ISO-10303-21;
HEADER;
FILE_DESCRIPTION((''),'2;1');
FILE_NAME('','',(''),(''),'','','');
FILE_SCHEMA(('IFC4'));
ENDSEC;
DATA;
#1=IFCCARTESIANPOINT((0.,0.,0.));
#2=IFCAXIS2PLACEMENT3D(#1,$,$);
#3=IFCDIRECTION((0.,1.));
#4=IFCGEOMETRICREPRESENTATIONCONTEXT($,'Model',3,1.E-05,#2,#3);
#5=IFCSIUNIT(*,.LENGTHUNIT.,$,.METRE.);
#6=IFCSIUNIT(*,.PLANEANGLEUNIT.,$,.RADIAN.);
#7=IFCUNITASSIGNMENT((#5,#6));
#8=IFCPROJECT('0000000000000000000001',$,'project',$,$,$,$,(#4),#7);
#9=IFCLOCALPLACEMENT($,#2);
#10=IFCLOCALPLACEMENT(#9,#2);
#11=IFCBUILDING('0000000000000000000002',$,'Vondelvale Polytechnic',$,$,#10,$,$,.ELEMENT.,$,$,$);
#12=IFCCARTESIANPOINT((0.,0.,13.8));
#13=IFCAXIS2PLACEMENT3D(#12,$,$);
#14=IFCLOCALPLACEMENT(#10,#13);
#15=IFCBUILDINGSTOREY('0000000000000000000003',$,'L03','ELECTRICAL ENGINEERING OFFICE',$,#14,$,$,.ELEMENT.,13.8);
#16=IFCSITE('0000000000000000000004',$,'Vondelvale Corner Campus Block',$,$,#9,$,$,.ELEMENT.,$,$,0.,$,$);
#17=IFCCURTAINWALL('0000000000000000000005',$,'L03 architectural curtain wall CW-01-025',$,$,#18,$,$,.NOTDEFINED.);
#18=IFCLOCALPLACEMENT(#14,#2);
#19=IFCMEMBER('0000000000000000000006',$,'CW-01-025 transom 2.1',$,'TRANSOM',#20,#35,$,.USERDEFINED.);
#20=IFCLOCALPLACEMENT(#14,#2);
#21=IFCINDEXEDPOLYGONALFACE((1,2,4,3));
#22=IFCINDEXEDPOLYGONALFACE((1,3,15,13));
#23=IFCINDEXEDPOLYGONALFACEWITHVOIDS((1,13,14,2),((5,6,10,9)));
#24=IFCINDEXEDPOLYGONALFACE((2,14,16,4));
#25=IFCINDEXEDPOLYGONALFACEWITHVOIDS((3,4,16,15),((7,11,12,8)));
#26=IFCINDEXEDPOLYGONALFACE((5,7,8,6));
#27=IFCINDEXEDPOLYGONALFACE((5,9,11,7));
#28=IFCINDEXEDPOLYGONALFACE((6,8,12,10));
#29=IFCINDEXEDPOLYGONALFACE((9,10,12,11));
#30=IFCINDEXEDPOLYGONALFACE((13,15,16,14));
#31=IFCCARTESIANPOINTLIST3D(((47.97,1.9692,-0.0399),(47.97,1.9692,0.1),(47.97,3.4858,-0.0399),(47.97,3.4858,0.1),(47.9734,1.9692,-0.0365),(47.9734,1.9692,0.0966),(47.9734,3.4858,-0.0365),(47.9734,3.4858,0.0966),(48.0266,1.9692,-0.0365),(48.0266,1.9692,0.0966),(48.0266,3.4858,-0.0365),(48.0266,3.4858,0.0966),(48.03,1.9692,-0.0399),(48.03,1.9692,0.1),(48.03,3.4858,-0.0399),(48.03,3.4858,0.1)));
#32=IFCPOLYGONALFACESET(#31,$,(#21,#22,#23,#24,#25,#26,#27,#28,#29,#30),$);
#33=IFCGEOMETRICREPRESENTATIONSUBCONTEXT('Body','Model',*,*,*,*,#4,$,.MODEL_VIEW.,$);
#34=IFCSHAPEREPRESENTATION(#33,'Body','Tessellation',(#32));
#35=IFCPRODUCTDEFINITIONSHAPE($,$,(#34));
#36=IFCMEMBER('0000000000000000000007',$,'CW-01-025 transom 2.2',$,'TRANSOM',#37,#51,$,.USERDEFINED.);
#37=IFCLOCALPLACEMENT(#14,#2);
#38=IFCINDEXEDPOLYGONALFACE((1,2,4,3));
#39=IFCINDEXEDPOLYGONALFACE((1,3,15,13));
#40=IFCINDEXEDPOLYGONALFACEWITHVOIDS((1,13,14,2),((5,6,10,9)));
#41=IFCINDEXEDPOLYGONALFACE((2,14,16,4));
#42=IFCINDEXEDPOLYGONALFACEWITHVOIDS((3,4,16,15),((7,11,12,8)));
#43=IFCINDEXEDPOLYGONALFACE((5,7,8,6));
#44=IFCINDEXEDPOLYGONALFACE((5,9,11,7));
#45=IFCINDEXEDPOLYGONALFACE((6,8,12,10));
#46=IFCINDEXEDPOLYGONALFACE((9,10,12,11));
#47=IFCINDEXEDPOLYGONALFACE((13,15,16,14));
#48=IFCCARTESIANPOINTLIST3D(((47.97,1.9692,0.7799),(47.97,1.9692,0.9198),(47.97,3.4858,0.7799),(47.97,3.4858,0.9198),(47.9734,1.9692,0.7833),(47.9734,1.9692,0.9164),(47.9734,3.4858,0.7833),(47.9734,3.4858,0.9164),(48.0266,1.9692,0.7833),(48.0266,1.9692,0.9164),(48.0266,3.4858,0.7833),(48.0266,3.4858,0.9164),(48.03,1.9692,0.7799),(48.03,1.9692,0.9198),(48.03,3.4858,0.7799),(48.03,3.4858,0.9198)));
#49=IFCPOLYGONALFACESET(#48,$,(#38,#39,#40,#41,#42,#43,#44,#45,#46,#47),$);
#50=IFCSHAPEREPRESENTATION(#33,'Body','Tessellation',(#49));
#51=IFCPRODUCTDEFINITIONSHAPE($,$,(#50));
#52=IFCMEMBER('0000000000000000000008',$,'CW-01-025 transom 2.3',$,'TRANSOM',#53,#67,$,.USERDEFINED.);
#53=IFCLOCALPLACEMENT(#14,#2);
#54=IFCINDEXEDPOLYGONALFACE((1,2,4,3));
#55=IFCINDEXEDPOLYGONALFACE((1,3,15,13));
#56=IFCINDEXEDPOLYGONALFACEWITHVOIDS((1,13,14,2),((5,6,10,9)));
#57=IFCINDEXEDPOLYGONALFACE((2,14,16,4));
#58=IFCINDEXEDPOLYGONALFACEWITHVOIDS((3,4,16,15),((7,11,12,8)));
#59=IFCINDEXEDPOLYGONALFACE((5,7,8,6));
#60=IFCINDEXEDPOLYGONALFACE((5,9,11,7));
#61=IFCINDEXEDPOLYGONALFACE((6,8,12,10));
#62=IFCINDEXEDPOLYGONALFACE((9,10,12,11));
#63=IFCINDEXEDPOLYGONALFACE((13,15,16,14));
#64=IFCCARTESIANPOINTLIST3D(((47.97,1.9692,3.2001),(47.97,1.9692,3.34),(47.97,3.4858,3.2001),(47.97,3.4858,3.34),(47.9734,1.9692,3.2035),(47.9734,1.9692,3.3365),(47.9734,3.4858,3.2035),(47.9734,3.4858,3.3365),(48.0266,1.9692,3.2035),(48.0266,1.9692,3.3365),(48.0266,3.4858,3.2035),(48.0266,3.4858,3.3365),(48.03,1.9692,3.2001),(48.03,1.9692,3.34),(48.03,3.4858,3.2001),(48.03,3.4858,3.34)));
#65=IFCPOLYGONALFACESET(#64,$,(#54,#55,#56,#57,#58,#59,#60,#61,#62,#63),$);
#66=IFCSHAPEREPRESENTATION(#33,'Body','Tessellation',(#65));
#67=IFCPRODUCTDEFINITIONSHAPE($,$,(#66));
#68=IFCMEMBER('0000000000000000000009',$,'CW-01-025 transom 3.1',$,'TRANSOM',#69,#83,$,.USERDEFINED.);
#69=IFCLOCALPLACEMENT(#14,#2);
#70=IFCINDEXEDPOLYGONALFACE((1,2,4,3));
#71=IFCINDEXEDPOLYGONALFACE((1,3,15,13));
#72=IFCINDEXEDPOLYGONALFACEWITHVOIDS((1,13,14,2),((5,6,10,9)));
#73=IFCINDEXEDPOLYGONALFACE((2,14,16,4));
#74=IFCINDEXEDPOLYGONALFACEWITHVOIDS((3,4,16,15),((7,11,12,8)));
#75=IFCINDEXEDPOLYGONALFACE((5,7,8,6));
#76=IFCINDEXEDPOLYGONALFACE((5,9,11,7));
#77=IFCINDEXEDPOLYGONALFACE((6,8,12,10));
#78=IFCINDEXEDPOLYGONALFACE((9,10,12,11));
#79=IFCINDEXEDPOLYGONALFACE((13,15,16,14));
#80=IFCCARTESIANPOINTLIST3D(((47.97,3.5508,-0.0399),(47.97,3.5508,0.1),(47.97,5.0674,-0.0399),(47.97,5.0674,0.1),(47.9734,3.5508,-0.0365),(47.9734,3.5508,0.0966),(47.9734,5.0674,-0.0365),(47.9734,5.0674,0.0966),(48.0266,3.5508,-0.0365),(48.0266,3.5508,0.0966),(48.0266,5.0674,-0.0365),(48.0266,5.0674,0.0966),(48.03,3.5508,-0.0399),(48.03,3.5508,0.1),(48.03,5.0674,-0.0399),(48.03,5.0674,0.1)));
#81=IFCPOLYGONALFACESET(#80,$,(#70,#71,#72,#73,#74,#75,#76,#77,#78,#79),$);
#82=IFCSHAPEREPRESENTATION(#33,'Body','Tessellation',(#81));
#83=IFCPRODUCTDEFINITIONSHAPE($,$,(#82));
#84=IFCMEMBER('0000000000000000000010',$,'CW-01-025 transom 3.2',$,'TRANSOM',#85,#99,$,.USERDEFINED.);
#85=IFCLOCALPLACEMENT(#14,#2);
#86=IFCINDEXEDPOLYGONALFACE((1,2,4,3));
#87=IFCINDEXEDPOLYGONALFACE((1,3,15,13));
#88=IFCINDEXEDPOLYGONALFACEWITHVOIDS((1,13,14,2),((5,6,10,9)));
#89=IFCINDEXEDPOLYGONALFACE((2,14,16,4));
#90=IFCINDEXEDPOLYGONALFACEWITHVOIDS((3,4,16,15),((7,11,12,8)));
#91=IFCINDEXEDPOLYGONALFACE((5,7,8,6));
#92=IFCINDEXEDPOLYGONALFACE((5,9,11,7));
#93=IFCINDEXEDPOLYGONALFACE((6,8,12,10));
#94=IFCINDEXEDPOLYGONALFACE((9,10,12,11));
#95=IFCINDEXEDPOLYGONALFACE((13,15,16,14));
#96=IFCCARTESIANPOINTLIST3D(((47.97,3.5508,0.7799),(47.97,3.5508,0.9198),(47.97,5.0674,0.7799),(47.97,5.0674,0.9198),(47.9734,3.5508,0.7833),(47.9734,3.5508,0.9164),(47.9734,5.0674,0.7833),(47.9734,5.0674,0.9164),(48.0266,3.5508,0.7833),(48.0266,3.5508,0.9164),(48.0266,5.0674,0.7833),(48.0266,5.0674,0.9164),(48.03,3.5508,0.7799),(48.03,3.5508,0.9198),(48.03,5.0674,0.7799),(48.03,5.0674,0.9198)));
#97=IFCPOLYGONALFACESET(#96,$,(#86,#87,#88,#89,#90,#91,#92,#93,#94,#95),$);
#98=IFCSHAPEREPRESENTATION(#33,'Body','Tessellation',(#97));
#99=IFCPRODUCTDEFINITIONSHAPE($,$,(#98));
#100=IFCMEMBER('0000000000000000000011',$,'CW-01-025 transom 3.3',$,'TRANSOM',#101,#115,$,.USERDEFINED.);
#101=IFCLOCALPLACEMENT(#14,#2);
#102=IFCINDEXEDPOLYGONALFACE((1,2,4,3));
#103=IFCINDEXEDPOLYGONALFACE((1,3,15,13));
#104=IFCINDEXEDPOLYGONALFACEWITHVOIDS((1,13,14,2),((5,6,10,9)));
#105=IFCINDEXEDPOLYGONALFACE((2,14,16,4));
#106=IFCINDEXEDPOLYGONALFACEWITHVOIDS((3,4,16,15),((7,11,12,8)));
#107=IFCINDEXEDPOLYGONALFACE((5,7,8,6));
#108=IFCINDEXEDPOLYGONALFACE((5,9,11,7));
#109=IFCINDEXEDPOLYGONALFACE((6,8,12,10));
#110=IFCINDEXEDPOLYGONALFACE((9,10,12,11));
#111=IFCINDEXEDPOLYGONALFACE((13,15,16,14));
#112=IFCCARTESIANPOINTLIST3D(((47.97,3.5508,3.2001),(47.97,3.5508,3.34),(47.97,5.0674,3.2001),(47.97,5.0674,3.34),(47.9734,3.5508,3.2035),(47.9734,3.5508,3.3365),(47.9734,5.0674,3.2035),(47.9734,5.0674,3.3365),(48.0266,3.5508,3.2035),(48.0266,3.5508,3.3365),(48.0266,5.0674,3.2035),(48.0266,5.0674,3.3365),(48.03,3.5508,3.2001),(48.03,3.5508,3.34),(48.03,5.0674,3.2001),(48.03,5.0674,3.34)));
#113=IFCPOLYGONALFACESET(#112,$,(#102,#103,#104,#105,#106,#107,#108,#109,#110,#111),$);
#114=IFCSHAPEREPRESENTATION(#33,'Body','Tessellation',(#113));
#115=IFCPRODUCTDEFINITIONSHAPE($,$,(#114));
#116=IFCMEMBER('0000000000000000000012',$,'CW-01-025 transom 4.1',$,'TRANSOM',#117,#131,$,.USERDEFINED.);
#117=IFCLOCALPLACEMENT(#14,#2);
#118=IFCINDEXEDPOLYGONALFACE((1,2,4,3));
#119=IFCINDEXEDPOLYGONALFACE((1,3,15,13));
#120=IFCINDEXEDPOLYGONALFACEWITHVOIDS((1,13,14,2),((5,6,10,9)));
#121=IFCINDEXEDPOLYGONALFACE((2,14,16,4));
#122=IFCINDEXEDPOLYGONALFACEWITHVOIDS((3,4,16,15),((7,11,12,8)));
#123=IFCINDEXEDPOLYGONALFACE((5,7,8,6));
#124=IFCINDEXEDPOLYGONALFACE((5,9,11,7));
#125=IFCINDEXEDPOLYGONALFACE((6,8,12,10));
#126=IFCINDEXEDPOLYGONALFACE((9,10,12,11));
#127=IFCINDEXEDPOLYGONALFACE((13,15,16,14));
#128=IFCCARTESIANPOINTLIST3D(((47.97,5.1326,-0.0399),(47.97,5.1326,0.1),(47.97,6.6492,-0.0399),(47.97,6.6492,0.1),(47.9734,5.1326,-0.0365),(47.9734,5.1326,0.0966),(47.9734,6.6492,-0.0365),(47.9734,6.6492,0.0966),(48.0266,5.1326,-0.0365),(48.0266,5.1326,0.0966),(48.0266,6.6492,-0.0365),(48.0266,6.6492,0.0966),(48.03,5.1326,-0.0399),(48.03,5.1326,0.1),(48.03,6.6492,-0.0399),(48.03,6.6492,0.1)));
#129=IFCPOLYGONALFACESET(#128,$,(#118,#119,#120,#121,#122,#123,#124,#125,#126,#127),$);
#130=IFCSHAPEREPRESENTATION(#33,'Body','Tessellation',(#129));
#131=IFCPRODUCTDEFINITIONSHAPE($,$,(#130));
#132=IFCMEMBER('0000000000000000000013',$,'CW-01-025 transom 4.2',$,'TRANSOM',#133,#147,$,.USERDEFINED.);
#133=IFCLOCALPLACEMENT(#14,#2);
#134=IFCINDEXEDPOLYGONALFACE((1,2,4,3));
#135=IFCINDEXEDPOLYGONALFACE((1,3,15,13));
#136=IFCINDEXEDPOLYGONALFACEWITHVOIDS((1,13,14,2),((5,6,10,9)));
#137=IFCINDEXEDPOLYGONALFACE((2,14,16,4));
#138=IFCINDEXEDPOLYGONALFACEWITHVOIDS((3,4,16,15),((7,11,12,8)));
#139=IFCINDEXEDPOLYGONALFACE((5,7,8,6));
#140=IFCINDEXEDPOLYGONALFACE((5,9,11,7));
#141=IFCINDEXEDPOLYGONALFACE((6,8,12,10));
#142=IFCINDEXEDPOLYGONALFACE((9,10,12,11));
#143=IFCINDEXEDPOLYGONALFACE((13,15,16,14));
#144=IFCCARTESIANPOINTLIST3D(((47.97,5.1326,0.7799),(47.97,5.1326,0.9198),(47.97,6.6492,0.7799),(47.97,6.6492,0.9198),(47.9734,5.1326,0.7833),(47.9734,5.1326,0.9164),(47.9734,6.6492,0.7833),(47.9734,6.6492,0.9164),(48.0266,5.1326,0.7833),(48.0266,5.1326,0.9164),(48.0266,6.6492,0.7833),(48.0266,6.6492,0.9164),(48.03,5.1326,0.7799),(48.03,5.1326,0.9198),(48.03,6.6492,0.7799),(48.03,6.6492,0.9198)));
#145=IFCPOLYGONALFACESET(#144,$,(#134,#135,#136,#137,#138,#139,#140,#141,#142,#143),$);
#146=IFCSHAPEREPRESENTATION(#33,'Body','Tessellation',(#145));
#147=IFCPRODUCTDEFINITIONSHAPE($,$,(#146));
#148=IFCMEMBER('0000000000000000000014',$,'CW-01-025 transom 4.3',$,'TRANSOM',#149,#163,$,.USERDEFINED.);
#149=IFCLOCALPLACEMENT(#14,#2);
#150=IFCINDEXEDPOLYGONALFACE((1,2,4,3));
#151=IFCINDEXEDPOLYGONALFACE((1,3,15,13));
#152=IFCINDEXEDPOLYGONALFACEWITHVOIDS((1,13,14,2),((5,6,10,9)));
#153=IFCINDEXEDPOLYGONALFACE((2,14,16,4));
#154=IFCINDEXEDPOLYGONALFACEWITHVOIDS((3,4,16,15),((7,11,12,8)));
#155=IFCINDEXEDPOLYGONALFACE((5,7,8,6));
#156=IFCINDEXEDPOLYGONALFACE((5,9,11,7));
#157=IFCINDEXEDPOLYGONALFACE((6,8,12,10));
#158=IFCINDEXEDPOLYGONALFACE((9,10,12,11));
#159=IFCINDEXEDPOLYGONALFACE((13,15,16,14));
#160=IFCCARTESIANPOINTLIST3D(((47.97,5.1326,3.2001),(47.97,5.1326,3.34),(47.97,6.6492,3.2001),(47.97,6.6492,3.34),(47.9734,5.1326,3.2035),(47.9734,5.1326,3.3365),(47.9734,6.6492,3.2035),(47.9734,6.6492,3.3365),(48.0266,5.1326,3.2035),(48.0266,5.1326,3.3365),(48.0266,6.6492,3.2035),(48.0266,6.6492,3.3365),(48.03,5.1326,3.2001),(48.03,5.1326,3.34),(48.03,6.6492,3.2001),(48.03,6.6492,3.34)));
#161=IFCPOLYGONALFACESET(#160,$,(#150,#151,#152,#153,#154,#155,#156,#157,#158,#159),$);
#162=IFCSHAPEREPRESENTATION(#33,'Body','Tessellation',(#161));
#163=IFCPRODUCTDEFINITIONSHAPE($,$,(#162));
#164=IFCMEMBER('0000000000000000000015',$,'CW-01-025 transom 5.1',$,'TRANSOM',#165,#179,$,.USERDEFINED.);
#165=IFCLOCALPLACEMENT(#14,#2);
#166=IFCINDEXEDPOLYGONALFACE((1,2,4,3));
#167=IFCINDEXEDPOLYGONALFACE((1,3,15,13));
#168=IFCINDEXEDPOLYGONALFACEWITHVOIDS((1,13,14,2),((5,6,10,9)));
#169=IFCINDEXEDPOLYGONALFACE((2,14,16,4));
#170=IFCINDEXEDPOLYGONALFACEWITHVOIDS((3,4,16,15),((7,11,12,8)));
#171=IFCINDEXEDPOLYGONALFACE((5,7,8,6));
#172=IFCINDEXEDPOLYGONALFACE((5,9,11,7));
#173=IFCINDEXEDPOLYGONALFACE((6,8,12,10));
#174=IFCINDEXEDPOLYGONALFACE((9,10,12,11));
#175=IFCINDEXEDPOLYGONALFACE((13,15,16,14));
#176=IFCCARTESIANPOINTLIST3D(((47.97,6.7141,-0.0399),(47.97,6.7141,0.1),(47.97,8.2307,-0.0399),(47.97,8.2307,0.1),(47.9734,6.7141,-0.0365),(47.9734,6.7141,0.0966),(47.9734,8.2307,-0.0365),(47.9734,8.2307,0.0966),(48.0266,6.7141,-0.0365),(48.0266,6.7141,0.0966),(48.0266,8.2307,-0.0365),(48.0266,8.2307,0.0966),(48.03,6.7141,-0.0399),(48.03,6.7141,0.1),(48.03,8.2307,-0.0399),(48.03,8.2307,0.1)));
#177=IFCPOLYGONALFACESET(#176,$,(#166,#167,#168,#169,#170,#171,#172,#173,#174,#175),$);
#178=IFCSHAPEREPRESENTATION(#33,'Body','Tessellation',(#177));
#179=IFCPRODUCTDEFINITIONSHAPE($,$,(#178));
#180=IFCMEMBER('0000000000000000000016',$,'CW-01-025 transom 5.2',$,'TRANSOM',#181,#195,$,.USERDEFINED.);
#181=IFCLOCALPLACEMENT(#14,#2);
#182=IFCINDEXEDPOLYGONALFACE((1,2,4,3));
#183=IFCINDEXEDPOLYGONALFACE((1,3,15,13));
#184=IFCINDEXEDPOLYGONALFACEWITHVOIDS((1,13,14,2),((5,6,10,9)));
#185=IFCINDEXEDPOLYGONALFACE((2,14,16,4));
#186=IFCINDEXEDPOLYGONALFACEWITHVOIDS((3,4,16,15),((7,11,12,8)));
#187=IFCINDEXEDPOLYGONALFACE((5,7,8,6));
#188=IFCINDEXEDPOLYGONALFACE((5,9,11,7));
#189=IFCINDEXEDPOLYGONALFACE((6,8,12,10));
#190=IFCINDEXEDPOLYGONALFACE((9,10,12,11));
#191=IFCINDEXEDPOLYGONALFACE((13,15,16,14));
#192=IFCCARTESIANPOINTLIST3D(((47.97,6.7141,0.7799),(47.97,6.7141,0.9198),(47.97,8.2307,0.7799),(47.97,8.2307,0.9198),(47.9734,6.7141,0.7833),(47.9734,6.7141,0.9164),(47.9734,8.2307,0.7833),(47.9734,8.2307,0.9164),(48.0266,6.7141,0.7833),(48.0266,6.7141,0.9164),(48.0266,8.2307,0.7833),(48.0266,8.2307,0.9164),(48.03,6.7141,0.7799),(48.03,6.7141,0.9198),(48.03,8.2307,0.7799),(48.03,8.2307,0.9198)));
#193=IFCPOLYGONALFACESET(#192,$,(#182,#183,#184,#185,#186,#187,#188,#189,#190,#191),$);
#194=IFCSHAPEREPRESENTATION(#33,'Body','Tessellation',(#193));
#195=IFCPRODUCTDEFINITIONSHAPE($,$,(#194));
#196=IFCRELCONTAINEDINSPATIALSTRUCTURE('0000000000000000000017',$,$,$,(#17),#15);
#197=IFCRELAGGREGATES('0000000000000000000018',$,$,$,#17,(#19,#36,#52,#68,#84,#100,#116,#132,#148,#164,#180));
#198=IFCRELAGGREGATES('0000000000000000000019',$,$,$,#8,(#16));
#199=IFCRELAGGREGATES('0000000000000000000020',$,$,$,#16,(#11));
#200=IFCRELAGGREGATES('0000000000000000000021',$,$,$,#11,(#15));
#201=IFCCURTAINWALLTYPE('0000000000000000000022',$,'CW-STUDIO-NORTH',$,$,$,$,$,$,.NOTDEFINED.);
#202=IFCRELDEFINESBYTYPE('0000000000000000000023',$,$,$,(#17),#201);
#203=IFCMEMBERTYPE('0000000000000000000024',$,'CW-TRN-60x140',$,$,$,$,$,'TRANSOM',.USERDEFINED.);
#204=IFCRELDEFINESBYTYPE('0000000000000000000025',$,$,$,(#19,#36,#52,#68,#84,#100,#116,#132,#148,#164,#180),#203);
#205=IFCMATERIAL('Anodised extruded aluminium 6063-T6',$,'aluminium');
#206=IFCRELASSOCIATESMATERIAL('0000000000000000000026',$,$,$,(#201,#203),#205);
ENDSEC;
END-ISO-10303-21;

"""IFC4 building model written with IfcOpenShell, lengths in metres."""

from ifc_helpers import new_model, si_unit, direction, frame, origin, origin_2d, place, context, subcontext, project, spatial, hollow_rectangle, extrude, material, material_profile, profile_set, type_object, element, aggregate, save


model = new_model("IFC4")

# Units and contexts
model_context = context("Model", 3, precision=1e-05, world=origin(), true_north=direction((0.0, 1.0)))
body_context = subcontext(model_context, "Body", "Model", "MODEL_VIEW")
ifc_project = project(units=[si_unit("LENGTHUNIT", "METRE"), si_unit("PLANEANGLEUNIT", "RADIAN")], contexts=[model_context])

# Site, building, storey
site_placement = place(None, origin())
site = spatial("IfcSite", under=ifc_project, at=site_placement, Name="Vondelvale Corner Campus Block", CompositionType="ELEMENT", RefElevation=0.0)
building_placement = place(site_placement, origin())
building = spatial("IfcBuilding", under=site, at=building_placement, Name="Vondelvale Polytechnic", CompositionType="ELEMENT")
storey_placement = place(building_placement, frame((0.0, 0.0, 13.8)))
storey = spatial("IfcBuildingStorey", under=building, at=storey_placement, Name="L03", Description="ELECTRICAL ENGINEERING OFFICE", CompositionType="ELEMENT", Elevation=13.8)

# Curtain wall, members
ifc_material_1 = material(Name="Anodised extruded aluminium 6063-T6", Category="aluminium")
curtain_wall_type = type_object("IfcCurtainWallType", Name="CW-STUDIO-NORTH", PredefinedType="NOTDEFINED", material=ifc_material_1)
curtain_wall_placement = place(storey_placement, origin())
curtain_wall = element("IfcCurtainWall", 1, at=curtain_wall_placement, inside=storey, type_object=curtain_wall_type, Name="L03 architectural curtain wall CW-01-025", PredefinedType="NOTDEFINED")
ifc_material_profile_1 = material_profile(ifc_material_1, hollow_rectangle(XDim=0.0601, YDim=0.1399, WallThickness=0.0034, at=origin_2d()), Name="CW-TRN-140x60")
ifc_profile_set_1 = profile_set([ifc_material_profile_1], Name="Anodised extruded aluminium 6063-T6")
member_type_1 = type_object("IfcMemberType", Name="CW-TRN-60x140", ElementType="TRANSOM", PredefinedType="USERDEFINED", material=ifc_profile_set_1)
member_1_placement = place(storey_placement, frame((48.0, 1.9692, 0.03), z_axis=(0.0, 1.0, 0.0), x_axis=(-1.0, 0.0, 0.0)))
member_1 = element("IfcMember", 2, at=member_1_placement, type_object=member_type_1, Name="CW-01-025 transom 2.1", ObjectType="TRANSOM", PredefinedType="USERDEFINED", context=body_context, shape_type="SweptSolid", body=[
    extrude(hollow_rectangle(XDim=0.0601, YDim=0.1399, WallThickness=0.0034, at=origin_2d()), origin(), (0.0, 0.0, 1.0), 1.5166),
])
member_2_placement = place(storey_placement, frame((48.0, 1.9692, 0.8499), z_axis=(0.0, 1.0, 0.0), x_axis=(-1.0, 0.0, 0.0)))
member_2 = element("IfcMember", 3, at=member_2_placement, type_object=member_type_1, Name="CW-01-025 transom 2.2", ObjectType="TRANSOM", PredefinedType="USERDEFINED", context=body_context, shape_type="SweptSolid", body=[
    extrude(hollow_rectangle(XDim=0.0601, YDim=0.1399, WallThickness=0.0034, at=origin_2d()), origin(), (0.0, 0.0, 1.0), 1.5166),
])
member_3_placement = place(storey_placement, frame((48.0, 1.9692, 3.27), z_axis=(0.0, 1.0, 0.0), x_axis=(-1.0, 0.0, 0.0)))
member_3 = element("IfcMember", 4, at=member_3_placement, type_object=member_type_1, Name="CW-01-025 transom 2.3", ObjectType="TRANSOM", PredefinedType="USERDEFINED", context=body_context, shape_type="SweptSolid", body=[
    extrude(hollow_rectangle(XDim=0.0601, YDim=0.1399, WallThickness=0.0034, at=origin_2d()), origin(), (0.0, 0.0, 1.0), 1.5166),
])
member_4_placement = place(storey_placement, frame((48.0, 3.5508, 0.03), z_axis=(0.0, 1.0, 0.0), x_axis=(-1.0, 0.0, 0.0)))
member_4 = element("IfcMember", 5, at=member_4_placement, type_object=member_type_1, Name="CW-01-025 transom 3.1", ObjectType="TRANSOM", PredefinedType="USERDEFINED", context=body_context, shape_type="SweptSolid", body=[
    extrude(hollow_rectangle(XDim=0.0601, YDim=0.1399, WallThickness=0.0034, at=origin_2d()), origin(), (0.0, 0.0, 1.0), 1.5166),
])
member_5_placement = place(storey_placement, frame((48.0, 3.5508, 0.8499), z_axis=(0.0, 1.0, 0.0), x_axis=(-1.0, 0.0, 0.0)))
member_5 = element("IfcMember", 6, at=member_5_placement, type_object=member_type_1, Name="CW-01-025 transom 3.2", ObjectType="TRANSOM", PredefinedType="USERDEFINED", context=body_context, shape_type="SweptSolid", body=[
    extrude(hollow_rectangle(XDim=0.0601, YDim=0.1399, WallThickness=0.0034, at=origin_2d()), origin(), (0.0, 0.0, 1.0), 1.5166),
])
member_6_placement = place(storey_placement, frame((48.0, 3.5508, 3.27), z_axis=(0.0, 1.0, 0.0), x_axis=(-1.0, 0.0, 0.0)))
member_6 = element("IfcMember", 7, at=member_6_placement, type_object=member_type_1, Name="CW-01-025 transom 3.3", ObjectType="TRANSOM", PredefinedType="USERDEFINED", context=body_context, shape_type="SweptSolid", body=[
    extrude(hollow_rectangle(XDim=0.0601, YDim=0.1399, WallThickness=0.0034, at=origin_2d()), origin(), (0.0, 0.0, 1.0), 1.5166),
])
member_7_placement = place(storey_placement, frame((48.0, 5.1326, 0.03), z_axis=(0.0, 1.0, 0.0), x_axis=(-1.0, 0.0, 0.0)))
member_7 = element("IfcMember", 8, at=member_7_placement, type_object=member_type_1, Name="CW-01-025 transom 4.1", ObjectType="TRANSOM", PredefinedType="USERDEFINED", context=body_context, shape_type="SweptSolid", body=[
    extrude(hollow_rectangle(XDim=0.0601, YDim=0.1399, WallThickness=0.0034, at=origin_2d()), origin(), (0.0, 0.0, 1.0), 1.5166),
])
member_8_placement = place(storey_placement, frame((48.0, 5.1326, 0.8499), z_axis=(0.0, 1.0, 0.0), x_axis=(-1.0, 0.0, 0.0)))
member_8 = element("IfcMember", 9, at=member_8_placement, type_object=member_type_1, Name="CW-01-025 transom 4.2", ObjectType="TRANSOM", PredefinedType="USERDEFINED", context=body_context, shape_type="SweptSolid", body=[
    extrude(hollow_rectangle(XDim=0.0601, YDim=0.1399, WallThickness=0.0034, at=origin_2d()), origin(), (0.0, 0.0, 1.0), 1.5166),
])
member_9_placement = place(storey_placement, frame((48.0, 5.1326, 3.27), z_axis=(0.0, 1.0, 0.0), x_axis=(-1.0, 0.0, 0.0)))
member_9 = element("IfcMember", 10, at=member_9_placement, type_object=member_type_1, Name="CW-01-025 transom 4.3", ObjectType="TRANSOM", PredefinedType="USERDEFINED", context=body_context, shape_type="SweptSolid", body=[
    extrude(hollow_rectangle(XDim=0.0601, YDim=0.1399, WallThickness=0.0034, at=origin_2d()), origin(), (0.0, 0.0, 1.0), 1.5166),
])
member_10_placement = place(storey_placement, frame((48.0, 6.7141, 0.03), z_axis=(0.0, 1.0, 0.0), x_axis=(-1.0, 0.0, 0.0)))
member_10 = element("IfcMember", 11, at=member_10_placement, type_object=member_type_1, Name="CW-01-025 transom 5.1", ObjectType="TRANSOM", PredefinedType="USERDEFINED", context=body_context, shape_type="SweptSolid", body=[
    extrude(hollow_rectangle(XDim=0.0601, YDim=0.1399, WallThickness=0.0034, at=origin_2d()), origin(), (0.0, 0.0, 1.0), 1.5166),
])
member_11_placement = place(storey_placement, frame((48.0, 6.7141, 0.8499), z_axis=(0.0, 1.0, 0.0), x_axis=(-1.0, 0.0, 0.0)))
member_11 = element("IfcMember", 12, at=member_11_placement, type_object=member_type_1, Name="CW-01-025 transom 5.2", ObjectType="TRANSOM", PredefinedType="USERDEFINED", context=body_context, shape_type="SweptSolid", body=[
    extrude(hollow_rectangle(XDim=0.0601, YDim=0.1399, WallThickness=0.0034, at=origin_2d()), origin(), (0.0, 0.0, 1.0), 1.5166),
])

aggregate(curtain_wall, [member_1, member_2, member_3, member_4, member_5, member_6, member_7, member_8, member_9, member_10, member_11])

save(model, "model.ifc")
